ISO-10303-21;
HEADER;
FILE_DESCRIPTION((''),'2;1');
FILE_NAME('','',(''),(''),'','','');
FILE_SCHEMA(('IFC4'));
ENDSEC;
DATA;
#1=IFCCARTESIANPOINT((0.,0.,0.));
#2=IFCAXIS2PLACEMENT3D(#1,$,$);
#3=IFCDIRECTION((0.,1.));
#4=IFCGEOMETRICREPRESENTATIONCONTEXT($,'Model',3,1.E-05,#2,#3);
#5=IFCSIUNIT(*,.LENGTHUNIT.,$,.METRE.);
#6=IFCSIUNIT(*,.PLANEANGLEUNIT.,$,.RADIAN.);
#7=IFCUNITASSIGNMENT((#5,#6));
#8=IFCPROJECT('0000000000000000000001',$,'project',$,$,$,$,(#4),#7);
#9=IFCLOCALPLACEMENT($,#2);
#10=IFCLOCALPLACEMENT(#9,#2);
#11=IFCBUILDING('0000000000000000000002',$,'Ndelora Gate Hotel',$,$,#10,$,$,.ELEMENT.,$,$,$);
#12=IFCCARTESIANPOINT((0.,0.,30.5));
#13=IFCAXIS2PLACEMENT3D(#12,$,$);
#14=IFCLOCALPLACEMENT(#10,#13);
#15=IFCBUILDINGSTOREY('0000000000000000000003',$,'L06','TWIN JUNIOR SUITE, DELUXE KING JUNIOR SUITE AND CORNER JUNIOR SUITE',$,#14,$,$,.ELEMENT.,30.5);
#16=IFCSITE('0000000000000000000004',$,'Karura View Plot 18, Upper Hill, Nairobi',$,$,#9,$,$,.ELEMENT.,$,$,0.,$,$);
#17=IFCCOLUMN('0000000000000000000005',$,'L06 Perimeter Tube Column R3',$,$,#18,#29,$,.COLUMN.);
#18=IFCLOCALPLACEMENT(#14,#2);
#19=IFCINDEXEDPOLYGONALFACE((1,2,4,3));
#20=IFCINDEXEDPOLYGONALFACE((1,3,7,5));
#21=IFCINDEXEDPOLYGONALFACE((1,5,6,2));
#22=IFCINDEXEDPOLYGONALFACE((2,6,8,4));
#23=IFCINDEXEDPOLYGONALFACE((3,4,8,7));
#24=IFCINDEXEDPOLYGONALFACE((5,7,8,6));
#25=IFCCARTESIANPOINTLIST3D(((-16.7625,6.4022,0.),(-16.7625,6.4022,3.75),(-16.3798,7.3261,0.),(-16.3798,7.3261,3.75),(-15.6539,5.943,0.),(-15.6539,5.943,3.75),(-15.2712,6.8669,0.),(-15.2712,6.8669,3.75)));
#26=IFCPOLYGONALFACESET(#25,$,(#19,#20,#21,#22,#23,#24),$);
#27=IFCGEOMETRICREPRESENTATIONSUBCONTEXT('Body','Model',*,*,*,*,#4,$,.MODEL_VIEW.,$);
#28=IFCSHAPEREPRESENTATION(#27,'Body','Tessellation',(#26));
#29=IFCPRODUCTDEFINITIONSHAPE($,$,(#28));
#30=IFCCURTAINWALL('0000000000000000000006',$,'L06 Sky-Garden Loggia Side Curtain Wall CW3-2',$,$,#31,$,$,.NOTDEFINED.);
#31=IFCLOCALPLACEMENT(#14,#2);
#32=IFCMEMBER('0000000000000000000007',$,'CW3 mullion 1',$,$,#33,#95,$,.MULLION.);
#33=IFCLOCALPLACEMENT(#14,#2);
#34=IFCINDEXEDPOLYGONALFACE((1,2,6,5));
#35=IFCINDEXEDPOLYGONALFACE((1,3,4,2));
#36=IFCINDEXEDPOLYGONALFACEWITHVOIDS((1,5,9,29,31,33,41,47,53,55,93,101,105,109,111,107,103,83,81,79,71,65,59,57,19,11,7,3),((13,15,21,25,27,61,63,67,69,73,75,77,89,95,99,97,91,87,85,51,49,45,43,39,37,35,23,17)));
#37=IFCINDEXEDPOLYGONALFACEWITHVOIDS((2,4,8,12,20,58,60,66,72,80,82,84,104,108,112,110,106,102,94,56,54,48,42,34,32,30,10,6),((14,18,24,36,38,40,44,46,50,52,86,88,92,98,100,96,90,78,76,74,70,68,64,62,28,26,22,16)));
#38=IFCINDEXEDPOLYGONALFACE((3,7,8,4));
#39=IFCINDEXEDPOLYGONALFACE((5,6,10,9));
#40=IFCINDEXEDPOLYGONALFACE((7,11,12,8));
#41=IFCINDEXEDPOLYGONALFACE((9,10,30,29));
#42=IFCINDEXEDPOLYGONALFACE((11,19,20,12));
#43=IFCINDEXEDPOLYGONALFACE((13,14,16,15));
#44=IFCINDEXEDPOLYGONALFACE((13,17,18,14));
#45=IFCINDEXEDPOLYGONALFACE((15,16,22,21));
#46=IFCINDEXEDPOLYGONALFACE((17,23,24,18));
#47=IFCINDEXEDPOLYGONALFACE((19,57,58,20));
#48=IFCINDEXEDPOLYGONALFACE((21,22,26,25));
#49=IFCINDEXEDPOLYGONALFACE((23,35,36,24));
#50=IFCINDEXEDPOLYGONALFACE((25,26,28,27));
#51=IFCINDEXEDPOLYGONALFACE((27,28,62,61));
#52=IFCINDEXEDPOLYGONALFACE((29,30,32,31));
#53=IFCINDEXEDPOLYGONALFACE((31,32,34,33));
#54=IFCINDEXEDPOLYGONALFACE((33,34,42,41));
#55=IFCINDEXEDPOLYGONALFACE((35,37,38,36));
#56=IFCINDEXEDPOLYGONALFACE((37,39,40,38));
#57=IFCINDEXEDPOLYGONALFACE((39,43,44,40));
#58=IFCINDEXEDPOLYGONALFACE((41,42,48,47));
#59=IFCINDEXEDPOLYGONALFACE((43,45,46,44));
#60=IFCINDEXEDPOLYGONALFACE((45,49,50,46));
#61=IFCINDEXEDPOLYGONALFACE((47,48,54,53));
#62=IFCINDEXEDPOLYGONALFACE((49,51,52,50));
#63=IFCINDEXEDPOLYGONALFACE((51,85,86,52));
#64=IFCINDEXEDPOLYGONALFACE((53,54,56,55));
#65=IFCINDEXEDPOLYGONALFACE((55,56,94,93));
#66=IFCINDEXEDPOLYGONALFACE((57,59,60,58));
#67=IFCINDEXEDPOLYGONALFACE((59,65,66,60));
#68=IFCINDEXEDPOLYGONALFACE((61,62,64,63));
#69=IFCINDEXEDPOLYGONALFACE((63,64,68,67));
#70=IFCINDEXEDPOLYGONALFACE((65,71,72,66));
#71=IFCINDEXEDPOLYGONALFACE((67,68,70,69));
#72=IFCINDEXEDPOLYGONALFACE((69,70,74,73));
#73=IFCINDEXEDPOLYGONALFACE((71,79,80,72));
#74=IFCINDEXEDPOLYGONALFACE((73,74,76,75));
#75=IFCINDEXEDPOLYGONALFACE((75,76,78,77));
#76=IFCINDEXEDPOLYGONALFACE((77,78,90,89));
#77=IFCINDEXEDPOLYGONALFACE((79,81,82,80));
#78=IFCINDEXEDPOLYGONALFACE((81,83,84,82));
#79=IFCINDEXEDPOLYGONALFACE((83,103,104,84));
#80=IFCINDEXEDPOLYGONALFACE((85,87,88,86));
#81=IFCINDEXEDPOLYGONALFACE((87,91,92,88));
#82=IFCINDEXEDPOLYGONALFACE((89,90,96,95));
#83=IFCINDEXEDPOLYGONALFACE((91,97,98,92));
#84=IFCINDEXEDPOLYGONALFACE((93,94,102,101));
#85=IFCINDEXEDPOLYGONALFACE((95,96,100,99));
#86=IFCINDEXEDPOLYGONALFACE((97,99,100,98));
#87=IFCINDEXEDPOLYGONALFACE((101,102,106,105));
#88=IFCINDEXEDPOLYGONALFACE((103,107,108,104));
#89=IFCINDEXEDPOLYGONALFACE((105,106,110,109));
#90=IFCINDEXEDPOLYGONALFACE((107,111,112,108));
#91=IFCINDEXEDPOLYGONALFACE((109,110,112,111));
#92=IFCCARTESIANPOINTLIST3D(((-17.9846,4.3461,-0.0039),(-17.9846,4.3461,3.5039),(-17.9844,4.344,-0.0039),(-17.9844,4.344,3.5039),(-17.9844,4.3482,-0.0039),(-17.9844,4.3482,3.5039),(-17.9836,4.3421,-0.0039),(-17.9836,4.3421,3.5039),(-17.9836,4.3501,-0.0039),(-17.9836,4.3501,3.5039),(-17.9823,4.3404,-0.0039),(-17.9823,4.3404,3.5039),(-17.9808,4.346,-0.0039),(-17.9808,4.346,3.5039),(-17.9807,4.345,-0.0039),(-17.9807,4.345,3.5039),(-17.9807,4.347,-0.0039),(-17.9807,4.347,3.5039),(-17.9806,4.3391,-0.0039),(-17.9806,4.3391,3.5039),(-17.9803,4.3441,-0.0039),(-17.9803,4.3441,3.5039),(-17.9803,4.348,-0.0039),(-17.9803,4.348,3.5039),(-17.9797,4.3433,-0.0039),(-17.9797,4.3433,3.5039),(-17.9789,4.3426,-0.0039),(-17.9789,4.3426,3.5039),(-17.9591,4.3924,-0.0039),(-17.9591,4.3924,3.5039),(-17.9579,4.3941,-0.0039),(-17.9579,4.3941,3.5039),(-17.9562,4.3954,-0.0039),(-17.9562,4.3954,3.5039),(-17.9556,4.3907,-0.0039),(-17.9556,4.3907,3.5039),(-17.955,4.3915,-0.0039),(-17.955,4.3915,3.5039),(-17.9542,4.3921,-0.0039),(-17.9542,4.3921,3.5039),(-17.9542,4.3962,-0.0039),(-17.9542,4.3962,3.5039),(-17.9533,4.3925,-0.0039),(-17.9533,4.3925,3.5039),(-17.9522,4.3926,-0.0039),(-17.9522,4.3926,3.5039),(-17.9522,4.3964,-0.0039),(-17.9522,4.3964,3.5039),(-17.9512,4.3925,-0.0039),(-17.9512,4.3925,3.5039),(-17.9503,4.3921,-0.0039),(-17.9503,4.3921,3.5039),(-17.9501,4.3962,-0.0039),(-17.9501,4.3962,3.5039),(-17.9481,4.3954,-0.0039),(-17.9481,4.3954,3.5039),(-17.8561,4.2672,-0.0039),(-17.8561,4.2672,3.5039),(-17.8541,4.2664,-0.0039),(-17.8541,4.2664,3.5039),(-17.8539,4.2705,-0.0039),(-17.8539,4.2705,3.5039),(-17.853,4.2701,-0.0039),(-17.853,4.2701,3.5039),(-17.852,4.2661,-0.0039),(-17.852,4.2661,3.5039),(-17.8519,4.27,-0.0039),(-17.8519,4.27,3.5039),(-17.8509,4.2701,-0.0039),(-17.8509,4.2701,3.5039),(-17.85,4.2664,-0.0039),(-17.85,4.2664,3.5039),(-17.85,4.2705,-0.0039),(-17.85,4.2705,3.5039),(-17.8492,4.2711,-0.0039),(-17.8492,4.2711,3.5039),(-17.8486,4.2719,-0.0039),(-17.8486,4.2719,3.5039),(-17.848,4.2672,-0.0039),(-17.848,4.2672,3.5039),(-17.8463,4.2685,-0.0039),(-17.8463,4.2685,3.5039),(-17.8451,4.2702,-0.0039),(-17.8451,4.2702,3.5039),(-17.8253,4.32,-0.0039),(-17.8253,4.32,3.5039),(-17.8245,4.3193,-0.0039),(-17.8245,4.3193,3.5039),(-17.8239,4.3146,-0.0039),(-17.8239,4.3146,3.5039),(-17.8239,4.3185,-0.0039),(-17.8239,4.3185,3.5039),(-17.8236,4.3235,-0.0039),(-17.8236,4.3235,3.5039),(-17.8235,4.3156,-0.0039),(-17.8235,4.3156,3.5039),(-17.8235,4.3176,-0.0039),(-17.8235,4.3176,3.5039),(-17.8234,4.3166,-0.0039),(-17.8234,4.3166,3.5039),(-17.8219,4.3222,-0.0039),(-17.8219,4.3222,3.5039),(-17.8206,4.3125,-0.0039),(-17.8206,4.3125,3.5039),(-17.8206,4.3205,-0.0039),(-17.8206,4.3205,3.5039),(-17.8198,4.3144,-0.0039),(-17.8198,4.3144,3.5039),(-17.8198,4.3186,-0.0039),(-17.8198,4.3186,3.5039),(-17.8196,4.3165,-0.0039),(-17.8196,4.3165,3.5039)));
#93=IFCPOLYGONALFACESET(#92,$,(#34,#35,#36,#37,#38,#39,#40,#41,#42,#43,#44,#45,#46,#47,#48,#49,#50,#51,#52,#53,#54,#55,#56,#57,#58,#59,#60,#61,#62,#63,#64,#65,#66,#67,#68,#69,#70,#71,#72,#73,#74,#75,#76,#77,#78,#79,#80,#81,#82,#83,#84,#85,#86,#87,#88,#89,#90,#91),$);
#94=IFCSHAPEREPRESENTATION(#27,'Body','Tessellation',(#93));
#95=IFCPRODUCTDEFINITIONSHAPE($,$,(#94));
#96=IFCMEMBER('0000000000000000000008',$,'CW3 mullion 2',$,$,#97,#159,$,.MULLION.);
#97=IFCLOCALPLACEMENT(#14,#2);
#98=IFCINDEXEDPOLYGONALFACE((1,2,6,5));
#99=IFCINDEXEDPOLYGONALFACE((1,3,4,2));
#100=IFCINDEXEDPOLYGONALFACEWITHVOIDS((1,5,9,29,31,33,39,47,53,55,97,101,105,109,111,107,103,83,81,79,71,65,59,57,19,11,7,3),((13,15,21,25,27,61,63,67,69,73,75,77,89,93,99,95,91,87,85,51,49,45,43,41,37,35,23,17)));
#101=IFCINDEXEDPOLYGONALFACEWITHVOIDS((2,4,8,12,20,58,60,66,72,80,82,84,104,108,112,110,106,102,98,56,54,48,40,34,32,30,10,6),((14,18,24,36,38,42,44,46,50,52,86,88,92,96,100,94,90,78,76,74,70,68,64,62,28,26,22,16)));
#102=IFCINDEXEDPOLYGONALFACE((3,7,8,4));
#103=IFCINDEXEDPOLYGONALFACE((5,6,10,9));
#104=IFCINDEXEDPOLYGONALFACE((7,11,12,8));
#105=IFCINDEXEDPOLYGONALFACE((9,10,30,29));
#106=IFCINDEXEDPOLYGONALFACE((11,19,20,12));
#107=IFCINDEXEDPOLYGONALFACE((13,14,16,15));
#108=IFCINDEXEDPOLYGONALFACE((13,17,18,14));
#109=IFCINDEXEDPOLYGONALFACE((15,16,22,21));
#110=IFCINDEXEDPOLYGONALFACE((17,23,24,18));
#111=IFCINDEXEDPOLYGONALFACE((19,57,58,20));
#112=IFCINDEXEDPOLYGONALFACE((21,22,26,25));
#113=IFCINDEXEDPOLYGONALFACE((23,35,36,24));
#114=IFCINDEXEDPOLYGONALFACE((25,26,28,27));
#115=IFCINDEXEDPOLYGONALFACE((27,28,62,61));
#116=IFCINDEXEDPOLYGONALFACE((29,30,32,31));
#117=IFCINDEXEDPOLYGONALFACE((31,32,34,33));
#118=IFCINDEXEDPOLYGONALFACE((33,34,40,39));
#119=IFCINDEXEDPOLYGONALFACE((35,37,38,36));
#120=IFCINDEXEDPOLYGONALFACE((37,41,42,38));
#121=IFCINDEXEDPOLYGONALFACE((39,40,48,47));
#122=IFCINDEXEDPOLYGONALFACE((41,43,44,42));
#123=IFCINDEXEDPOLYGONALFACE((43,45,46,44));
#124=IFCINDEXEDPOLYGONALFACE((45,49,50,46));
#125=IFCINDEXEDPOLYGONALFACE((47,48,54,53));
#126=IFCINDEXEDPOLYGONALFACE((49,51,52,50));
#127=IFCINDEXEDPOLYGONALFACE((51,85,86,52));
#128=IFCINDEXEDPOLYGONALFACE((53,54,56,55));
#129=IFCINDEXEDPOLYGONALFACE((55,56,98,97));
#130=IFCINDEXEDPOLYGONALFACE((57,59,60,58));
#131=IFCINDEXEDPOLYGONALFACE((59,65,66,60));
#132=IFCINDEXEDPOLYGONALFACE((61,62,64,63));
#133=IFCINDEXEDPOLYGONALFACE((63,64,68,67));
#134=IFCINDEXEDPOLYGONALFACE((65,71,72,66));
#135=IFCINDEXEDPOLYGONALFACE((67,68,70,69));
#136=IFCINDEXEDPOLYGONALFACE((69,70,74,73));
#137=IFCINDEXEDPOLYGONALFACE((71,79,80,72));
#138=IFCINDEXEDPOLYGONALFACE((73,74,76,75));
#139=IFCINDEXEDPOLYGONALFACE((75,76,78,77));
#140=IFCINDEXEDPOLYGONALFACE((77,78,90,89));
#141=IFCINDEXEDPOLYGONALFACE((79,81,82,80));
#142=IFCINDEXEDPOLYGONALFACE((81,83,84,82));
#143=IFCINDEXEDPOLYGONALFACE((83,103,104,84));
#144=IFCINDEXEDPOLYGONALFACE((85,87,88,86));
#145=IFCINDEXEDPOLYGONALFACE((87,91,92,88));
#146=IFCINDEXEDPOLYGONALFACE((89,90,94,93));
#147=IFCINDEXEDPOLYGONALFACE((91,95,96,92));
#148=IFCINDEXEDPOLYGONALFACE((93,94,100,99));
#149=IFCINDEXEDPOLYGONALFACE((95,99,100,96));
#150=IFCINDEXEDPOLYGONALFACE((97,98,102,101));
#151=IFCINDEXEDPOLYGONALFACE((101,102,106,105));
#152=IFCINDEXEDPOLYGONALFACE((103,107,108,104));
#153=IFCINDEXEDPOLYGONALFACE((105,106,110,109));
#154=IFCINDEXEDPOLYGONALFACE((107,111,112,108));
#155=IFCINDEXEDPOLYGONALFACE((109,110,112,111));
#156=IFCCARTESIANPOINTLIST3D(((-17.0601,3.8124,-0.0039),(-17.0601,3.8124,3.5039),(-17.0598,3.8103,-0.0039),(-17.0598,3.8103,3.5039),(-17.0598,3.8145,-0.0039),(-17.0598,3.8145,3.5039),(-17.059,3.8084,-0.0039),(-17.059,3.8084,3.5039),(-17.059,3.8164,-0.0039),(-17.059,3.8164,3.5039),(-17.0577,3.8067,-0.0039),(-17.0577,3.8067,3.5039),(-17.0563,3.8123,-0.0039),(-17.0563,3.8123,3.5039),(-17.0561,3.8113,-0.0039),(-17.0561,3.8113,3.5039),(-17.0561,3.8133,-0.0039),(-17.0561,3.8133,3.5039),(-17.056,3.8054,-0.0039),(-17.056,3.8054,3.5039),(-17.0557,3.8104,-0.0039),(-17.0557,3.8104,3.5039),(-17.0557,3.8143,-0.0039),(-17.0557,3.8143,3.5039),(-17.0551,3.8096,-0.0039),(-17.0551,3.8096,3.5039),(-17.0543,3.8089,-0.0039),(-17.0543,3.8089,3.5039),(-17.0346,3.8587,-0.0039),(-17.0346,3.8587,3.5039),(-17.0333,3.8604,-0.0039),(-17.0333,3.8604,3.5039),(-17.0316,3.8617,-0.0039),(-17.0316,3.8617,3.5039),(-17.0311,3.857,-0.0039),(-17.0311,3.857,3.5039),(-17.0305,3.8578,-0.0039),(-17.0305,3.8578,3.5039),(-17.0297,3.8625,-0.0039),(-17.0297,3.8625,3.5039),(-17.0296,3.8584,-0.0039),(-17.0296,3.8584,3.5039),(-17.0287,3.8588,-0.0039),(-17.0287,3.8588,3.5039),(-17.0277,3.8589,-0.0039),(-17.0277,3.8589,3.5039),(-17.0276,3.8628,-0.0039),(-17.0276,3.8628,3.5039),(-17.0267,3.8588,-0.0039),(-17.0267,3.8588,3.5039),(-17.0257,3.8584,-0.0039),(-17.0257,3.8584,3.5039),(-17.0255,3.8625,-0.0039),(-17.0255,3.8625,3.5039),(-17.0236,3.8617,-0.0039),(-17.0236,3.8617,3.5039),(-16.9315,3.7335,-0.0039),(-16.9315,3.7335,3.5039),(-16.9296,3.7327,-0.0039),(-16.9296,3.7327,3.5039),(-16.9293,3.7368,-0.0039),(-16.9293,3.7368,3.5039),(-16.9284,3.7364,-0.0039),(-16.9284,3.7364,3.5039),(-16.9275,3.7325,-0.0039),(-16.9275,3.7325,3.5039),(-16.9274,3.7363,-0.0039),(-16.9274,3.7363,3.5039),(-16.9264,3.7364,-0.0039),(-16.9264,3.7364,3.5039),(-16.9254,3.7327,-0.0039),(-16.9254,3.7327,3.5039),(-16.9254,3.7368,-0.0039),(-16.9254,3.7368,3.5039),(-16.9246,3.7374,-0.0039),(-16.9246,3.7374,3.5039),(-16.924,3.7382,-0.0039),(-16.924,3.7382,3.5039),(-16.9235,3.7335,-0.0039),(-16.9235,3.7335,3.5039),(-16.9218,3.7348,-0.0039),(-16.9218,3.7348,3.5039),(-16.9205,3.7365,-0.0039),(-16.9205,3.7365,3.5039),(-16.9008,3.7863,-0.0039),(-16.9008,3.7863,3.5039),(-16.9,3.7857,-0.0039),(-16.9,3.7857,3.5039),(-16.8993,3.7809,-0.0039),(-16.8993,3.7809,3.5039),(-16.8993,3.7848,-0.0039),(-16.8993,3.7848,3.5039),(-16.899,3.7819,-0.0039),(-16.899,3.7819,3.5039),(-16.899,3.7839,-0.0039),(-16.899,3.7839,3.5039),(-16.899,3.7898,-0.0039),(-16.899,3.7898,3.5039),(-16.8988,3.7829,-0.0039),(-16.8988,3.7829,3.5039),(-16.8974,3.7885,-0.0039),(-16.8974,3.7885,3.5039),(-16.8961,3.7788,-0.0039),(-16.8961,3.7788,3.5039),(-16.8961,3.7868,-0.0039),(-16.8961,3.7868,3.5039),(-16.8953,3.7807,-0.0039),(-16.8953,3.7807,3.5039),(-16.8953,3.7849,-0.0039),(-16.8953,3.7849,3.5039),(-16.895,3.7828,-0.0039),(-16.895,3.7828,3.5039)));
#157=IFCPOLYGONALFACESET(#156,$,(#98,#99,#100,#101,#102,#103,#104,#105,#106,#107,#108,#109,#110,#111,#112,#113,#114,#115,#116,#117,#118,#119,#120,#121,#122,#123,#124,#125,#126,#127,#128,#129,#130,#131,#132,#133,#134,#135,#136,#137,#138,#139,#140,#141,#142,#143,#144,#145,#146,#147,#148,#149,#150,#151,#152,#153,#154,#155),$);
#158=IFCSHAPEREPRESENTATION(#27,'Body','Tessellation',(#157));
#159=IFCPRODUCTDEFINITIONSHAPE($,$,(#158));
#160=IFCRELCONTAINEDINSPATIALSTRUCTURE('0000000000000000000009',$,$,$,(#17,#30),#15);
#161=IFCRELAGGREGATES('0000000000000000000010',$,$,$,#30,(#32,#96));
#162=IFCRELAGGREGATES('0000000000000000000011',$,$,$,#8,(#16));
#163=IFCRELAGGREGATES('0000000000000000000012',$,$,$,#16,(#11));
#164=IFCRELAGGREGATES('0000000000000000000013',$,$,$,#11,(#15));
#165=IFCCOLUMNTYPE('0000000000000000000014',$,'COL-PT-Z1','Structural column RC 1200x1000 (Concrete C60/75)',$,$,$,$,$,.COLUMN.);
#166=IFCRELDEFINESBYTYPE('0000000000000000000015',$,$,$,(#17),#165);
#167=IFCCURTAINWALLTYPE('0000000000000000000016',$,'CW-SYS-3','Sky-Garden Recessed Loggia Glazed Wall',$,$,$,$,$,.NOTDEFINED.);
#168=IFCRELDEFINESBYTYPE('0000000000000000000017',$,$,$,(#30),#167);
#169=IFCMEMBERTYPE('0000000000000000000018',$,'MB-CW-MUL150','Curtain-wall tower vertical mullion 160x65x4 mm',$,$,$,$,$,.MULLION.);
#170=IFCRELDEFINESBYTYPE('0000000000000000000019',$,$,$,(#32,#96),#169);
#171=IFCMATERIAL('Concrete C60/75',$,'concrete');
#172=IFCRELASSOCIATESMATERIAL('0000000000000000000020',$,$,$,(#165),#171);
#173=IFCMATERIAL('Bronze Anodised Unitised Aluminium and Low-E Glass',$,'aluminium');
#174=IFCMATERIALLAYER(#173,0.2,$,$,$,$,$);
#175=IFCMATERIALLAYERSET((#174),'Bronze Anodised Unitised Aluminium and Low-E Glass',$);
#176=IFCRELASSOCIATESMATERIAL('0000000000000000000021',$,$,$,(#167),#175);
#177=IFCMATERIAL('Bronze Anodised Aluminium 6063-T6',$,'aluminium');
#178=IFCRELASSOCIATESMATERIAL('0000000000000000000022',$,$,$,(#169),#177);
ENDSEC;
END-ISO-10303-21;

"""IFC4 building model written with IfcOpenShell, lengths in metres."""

from ifc_helpers import new_model, si_unit, direction, frame, origin, origin_2d, place, context, subcontext, project, spatial, rectangle, hollow_rectangle, extrude, material, layer, layer_set, material_profile, profile_set, type_object, element, aggregate, save


model = new_model("IFC4")

# Units and contexts
model_context = context("Model", 3, precision=1e-05, world=origin(), true_north=direction((0.0, 1.0)))
body_context = subcontext(model_context, "Body", "Model", "MODEL_VIEW")
ifc_project = project(units=[si_unit("LENGTHUNIT", "METRE"), si_unit("PLANEANGLEUNIT", "RADIAN")], contexts=[model_context])

# Site, building, storey
site_placement = place(None, origin())
site = spatial("IfcSite", under=ifc_project, at=site_placement, Name="Karura View Plot 18, Upper Hill, Nairobi", CompositionType="ELEMENT", RefElevation=0.0)
building_placement = place(site_placement, origin())
building = spatial("IfcBuilding", under=site, at=building_placement, Name="Ndelora Gate Hotel", CompositionType="ELEMENT")
storey_placement = place(building_placement, frame((0.0, 0.0, 30.5)))
storey = spatial("IfcBuildingStorey", under=building, at=storey_placement, Name="L06", Description="TWIN JUNIOR SUITE, DELUXE KING JUNIOR SUITE AND CORNER JUNIOR SUITE", CompositionType="ELEMENT", Elevation=30.5)

# Column
ifc_material_1 = material(Name="Concrete C60/75", Category="concrete")
ifc_material_profile_1 = material_profile(ifc_material_1, rectangle(XDim=1.0, YDim=1.2, at=origin_2d()), Name="RC 1200x1000")
ifc_profile_set_1 = profile_set([ifc_material_profile_1], Name="Concrete C60/75")
column_type = type_object("IfcColumnType", Name="COL-PT-Z1", Description="Structural column RC 1200x1000 (Concrete C60/75)", PredefinedType="COLUMN", material=ifc_profile_set_1)
column_placement = place(storey_placement, frame((-16.0168, 6.6345, 0.0), z_axis=(0.0, 0.0, 1.0), x_axis=(0.382683, 0.92388, 0.0)))
element("IfcColumn", 1, at=column_placement, inside=storey, type_object=column_type, Name="L06 Perimeter Tube Column R3", PredefinedType="COLUMN", context=body_context, shape_type="SweptSolid", body=[
    extrude(rectangle(XDim=1.0, YDim=1.2, at=origin_2d()), origin(), (0.0, 0.0, 1.0), 3.75),
])

# Curtain wall, members
ifc_material_2 = material(Name="Bronze Anodised Unitised Aluminium and Low-E Glass", Category="aluminium")
ifc_layer_1 = layer(ifc_material_2, 0.2)
ifc_layer_set_1 = layer_set([ifc_layer_1], Name="Bronze Anodised Unitised Aluminium and Low-E Glass")
curtain_wall_type = type_object("IfcCurtainWallType", Name="CW-SYS-3", Description="Sky-Garden Recessed Loggia Glazed Wall", PredefinedType="NOTDEFINED", material=ifc_layer_set_1)
curtain_wall_placement = place(storey_placement, origin())
curtain_wall = element("IfcCurtainWall", 2, at=curtain_wall_placement, inside=storey, type_object=curtain_wall_type, Name="L06 Sky-Garden Loggia Side Curtain Wall CW3-2", PredefinedType="NOTDEFINED")
ifc_material_3 = material(Name="Bronze Anodised Aluminium 6063-T6", Category="aluminium")
ifc_material_profile_2 = material_profile(ifc_material_3, hollow_rectangle(XDim=0.0649, YDim=0.1599, WallThickness=0.0039, InnerFilletRadius=0.0039, OuterFilletRadius=0.0081, at=origin_2d()), Name="ALU 160x65x4")
ifc_profile_set_2 = profile_set([ifc_material_profile_2], Name="Bronze Anodised Aluminium 6063-T6")
member_type_1 = type_object("IfcMemberType", Name="MB-CW-MUL150", Description="Curtain-wall tower vertical mullion 160x65x4 mm", PredefinedType="MULLION", material=ifc_profile_set_2)
member_1_placement = place(storey_placement, frame((-17.9021, 4.3313, -0.0039), z_axis=(0.0, 0.0, 1.0), x_axis=(0.499991, 0.86603, 0.0)))
member_1 = element("IfcMember", 3, at=member_1_placement, type_object=member_type_1, Name="CW3 mullion 1", PredefinedType="MULLION", context=body_context, shape_type="SweptSolid", body=[
    extrude(hollow_rectangle(XDim=0.0649, YDim=0.1599, WallThickness=0.0039, InnerFilletRadius=0.0039, OuterFilletRadius=0.0081, at=origin_2d()), origin(), (0.0, 0.0, 1.0), 3.5078),
])
member_2_placement = place(storey_placement, frame((-16.9775, 3.7976, -0.0039), z_axis=(0.0, 0.0, 1.0), x_axis=(0.499991, 0.86603, 0.0)))
member_2 = element("IfcMember", 4, at=member_2_placement, type_object=member_type_1, Name="CW3 mullion 2", PredefinedType="MULLION", context=body_context, shape_type="SweptSolid", body=[
    extrude(hollow_rectangle(XDim=0.0649, YDim=0.1599, WallThickness=0.0039, InnerFilletRadius=0.0039, OuterFilletRadius=0.0081, at=origin_2d()), origin(), (0.0, 0.0, 1.0), 3.5078),
])
aggregate(curtain_wall, [member_1, member_2])

save(model, "model.ifc")
